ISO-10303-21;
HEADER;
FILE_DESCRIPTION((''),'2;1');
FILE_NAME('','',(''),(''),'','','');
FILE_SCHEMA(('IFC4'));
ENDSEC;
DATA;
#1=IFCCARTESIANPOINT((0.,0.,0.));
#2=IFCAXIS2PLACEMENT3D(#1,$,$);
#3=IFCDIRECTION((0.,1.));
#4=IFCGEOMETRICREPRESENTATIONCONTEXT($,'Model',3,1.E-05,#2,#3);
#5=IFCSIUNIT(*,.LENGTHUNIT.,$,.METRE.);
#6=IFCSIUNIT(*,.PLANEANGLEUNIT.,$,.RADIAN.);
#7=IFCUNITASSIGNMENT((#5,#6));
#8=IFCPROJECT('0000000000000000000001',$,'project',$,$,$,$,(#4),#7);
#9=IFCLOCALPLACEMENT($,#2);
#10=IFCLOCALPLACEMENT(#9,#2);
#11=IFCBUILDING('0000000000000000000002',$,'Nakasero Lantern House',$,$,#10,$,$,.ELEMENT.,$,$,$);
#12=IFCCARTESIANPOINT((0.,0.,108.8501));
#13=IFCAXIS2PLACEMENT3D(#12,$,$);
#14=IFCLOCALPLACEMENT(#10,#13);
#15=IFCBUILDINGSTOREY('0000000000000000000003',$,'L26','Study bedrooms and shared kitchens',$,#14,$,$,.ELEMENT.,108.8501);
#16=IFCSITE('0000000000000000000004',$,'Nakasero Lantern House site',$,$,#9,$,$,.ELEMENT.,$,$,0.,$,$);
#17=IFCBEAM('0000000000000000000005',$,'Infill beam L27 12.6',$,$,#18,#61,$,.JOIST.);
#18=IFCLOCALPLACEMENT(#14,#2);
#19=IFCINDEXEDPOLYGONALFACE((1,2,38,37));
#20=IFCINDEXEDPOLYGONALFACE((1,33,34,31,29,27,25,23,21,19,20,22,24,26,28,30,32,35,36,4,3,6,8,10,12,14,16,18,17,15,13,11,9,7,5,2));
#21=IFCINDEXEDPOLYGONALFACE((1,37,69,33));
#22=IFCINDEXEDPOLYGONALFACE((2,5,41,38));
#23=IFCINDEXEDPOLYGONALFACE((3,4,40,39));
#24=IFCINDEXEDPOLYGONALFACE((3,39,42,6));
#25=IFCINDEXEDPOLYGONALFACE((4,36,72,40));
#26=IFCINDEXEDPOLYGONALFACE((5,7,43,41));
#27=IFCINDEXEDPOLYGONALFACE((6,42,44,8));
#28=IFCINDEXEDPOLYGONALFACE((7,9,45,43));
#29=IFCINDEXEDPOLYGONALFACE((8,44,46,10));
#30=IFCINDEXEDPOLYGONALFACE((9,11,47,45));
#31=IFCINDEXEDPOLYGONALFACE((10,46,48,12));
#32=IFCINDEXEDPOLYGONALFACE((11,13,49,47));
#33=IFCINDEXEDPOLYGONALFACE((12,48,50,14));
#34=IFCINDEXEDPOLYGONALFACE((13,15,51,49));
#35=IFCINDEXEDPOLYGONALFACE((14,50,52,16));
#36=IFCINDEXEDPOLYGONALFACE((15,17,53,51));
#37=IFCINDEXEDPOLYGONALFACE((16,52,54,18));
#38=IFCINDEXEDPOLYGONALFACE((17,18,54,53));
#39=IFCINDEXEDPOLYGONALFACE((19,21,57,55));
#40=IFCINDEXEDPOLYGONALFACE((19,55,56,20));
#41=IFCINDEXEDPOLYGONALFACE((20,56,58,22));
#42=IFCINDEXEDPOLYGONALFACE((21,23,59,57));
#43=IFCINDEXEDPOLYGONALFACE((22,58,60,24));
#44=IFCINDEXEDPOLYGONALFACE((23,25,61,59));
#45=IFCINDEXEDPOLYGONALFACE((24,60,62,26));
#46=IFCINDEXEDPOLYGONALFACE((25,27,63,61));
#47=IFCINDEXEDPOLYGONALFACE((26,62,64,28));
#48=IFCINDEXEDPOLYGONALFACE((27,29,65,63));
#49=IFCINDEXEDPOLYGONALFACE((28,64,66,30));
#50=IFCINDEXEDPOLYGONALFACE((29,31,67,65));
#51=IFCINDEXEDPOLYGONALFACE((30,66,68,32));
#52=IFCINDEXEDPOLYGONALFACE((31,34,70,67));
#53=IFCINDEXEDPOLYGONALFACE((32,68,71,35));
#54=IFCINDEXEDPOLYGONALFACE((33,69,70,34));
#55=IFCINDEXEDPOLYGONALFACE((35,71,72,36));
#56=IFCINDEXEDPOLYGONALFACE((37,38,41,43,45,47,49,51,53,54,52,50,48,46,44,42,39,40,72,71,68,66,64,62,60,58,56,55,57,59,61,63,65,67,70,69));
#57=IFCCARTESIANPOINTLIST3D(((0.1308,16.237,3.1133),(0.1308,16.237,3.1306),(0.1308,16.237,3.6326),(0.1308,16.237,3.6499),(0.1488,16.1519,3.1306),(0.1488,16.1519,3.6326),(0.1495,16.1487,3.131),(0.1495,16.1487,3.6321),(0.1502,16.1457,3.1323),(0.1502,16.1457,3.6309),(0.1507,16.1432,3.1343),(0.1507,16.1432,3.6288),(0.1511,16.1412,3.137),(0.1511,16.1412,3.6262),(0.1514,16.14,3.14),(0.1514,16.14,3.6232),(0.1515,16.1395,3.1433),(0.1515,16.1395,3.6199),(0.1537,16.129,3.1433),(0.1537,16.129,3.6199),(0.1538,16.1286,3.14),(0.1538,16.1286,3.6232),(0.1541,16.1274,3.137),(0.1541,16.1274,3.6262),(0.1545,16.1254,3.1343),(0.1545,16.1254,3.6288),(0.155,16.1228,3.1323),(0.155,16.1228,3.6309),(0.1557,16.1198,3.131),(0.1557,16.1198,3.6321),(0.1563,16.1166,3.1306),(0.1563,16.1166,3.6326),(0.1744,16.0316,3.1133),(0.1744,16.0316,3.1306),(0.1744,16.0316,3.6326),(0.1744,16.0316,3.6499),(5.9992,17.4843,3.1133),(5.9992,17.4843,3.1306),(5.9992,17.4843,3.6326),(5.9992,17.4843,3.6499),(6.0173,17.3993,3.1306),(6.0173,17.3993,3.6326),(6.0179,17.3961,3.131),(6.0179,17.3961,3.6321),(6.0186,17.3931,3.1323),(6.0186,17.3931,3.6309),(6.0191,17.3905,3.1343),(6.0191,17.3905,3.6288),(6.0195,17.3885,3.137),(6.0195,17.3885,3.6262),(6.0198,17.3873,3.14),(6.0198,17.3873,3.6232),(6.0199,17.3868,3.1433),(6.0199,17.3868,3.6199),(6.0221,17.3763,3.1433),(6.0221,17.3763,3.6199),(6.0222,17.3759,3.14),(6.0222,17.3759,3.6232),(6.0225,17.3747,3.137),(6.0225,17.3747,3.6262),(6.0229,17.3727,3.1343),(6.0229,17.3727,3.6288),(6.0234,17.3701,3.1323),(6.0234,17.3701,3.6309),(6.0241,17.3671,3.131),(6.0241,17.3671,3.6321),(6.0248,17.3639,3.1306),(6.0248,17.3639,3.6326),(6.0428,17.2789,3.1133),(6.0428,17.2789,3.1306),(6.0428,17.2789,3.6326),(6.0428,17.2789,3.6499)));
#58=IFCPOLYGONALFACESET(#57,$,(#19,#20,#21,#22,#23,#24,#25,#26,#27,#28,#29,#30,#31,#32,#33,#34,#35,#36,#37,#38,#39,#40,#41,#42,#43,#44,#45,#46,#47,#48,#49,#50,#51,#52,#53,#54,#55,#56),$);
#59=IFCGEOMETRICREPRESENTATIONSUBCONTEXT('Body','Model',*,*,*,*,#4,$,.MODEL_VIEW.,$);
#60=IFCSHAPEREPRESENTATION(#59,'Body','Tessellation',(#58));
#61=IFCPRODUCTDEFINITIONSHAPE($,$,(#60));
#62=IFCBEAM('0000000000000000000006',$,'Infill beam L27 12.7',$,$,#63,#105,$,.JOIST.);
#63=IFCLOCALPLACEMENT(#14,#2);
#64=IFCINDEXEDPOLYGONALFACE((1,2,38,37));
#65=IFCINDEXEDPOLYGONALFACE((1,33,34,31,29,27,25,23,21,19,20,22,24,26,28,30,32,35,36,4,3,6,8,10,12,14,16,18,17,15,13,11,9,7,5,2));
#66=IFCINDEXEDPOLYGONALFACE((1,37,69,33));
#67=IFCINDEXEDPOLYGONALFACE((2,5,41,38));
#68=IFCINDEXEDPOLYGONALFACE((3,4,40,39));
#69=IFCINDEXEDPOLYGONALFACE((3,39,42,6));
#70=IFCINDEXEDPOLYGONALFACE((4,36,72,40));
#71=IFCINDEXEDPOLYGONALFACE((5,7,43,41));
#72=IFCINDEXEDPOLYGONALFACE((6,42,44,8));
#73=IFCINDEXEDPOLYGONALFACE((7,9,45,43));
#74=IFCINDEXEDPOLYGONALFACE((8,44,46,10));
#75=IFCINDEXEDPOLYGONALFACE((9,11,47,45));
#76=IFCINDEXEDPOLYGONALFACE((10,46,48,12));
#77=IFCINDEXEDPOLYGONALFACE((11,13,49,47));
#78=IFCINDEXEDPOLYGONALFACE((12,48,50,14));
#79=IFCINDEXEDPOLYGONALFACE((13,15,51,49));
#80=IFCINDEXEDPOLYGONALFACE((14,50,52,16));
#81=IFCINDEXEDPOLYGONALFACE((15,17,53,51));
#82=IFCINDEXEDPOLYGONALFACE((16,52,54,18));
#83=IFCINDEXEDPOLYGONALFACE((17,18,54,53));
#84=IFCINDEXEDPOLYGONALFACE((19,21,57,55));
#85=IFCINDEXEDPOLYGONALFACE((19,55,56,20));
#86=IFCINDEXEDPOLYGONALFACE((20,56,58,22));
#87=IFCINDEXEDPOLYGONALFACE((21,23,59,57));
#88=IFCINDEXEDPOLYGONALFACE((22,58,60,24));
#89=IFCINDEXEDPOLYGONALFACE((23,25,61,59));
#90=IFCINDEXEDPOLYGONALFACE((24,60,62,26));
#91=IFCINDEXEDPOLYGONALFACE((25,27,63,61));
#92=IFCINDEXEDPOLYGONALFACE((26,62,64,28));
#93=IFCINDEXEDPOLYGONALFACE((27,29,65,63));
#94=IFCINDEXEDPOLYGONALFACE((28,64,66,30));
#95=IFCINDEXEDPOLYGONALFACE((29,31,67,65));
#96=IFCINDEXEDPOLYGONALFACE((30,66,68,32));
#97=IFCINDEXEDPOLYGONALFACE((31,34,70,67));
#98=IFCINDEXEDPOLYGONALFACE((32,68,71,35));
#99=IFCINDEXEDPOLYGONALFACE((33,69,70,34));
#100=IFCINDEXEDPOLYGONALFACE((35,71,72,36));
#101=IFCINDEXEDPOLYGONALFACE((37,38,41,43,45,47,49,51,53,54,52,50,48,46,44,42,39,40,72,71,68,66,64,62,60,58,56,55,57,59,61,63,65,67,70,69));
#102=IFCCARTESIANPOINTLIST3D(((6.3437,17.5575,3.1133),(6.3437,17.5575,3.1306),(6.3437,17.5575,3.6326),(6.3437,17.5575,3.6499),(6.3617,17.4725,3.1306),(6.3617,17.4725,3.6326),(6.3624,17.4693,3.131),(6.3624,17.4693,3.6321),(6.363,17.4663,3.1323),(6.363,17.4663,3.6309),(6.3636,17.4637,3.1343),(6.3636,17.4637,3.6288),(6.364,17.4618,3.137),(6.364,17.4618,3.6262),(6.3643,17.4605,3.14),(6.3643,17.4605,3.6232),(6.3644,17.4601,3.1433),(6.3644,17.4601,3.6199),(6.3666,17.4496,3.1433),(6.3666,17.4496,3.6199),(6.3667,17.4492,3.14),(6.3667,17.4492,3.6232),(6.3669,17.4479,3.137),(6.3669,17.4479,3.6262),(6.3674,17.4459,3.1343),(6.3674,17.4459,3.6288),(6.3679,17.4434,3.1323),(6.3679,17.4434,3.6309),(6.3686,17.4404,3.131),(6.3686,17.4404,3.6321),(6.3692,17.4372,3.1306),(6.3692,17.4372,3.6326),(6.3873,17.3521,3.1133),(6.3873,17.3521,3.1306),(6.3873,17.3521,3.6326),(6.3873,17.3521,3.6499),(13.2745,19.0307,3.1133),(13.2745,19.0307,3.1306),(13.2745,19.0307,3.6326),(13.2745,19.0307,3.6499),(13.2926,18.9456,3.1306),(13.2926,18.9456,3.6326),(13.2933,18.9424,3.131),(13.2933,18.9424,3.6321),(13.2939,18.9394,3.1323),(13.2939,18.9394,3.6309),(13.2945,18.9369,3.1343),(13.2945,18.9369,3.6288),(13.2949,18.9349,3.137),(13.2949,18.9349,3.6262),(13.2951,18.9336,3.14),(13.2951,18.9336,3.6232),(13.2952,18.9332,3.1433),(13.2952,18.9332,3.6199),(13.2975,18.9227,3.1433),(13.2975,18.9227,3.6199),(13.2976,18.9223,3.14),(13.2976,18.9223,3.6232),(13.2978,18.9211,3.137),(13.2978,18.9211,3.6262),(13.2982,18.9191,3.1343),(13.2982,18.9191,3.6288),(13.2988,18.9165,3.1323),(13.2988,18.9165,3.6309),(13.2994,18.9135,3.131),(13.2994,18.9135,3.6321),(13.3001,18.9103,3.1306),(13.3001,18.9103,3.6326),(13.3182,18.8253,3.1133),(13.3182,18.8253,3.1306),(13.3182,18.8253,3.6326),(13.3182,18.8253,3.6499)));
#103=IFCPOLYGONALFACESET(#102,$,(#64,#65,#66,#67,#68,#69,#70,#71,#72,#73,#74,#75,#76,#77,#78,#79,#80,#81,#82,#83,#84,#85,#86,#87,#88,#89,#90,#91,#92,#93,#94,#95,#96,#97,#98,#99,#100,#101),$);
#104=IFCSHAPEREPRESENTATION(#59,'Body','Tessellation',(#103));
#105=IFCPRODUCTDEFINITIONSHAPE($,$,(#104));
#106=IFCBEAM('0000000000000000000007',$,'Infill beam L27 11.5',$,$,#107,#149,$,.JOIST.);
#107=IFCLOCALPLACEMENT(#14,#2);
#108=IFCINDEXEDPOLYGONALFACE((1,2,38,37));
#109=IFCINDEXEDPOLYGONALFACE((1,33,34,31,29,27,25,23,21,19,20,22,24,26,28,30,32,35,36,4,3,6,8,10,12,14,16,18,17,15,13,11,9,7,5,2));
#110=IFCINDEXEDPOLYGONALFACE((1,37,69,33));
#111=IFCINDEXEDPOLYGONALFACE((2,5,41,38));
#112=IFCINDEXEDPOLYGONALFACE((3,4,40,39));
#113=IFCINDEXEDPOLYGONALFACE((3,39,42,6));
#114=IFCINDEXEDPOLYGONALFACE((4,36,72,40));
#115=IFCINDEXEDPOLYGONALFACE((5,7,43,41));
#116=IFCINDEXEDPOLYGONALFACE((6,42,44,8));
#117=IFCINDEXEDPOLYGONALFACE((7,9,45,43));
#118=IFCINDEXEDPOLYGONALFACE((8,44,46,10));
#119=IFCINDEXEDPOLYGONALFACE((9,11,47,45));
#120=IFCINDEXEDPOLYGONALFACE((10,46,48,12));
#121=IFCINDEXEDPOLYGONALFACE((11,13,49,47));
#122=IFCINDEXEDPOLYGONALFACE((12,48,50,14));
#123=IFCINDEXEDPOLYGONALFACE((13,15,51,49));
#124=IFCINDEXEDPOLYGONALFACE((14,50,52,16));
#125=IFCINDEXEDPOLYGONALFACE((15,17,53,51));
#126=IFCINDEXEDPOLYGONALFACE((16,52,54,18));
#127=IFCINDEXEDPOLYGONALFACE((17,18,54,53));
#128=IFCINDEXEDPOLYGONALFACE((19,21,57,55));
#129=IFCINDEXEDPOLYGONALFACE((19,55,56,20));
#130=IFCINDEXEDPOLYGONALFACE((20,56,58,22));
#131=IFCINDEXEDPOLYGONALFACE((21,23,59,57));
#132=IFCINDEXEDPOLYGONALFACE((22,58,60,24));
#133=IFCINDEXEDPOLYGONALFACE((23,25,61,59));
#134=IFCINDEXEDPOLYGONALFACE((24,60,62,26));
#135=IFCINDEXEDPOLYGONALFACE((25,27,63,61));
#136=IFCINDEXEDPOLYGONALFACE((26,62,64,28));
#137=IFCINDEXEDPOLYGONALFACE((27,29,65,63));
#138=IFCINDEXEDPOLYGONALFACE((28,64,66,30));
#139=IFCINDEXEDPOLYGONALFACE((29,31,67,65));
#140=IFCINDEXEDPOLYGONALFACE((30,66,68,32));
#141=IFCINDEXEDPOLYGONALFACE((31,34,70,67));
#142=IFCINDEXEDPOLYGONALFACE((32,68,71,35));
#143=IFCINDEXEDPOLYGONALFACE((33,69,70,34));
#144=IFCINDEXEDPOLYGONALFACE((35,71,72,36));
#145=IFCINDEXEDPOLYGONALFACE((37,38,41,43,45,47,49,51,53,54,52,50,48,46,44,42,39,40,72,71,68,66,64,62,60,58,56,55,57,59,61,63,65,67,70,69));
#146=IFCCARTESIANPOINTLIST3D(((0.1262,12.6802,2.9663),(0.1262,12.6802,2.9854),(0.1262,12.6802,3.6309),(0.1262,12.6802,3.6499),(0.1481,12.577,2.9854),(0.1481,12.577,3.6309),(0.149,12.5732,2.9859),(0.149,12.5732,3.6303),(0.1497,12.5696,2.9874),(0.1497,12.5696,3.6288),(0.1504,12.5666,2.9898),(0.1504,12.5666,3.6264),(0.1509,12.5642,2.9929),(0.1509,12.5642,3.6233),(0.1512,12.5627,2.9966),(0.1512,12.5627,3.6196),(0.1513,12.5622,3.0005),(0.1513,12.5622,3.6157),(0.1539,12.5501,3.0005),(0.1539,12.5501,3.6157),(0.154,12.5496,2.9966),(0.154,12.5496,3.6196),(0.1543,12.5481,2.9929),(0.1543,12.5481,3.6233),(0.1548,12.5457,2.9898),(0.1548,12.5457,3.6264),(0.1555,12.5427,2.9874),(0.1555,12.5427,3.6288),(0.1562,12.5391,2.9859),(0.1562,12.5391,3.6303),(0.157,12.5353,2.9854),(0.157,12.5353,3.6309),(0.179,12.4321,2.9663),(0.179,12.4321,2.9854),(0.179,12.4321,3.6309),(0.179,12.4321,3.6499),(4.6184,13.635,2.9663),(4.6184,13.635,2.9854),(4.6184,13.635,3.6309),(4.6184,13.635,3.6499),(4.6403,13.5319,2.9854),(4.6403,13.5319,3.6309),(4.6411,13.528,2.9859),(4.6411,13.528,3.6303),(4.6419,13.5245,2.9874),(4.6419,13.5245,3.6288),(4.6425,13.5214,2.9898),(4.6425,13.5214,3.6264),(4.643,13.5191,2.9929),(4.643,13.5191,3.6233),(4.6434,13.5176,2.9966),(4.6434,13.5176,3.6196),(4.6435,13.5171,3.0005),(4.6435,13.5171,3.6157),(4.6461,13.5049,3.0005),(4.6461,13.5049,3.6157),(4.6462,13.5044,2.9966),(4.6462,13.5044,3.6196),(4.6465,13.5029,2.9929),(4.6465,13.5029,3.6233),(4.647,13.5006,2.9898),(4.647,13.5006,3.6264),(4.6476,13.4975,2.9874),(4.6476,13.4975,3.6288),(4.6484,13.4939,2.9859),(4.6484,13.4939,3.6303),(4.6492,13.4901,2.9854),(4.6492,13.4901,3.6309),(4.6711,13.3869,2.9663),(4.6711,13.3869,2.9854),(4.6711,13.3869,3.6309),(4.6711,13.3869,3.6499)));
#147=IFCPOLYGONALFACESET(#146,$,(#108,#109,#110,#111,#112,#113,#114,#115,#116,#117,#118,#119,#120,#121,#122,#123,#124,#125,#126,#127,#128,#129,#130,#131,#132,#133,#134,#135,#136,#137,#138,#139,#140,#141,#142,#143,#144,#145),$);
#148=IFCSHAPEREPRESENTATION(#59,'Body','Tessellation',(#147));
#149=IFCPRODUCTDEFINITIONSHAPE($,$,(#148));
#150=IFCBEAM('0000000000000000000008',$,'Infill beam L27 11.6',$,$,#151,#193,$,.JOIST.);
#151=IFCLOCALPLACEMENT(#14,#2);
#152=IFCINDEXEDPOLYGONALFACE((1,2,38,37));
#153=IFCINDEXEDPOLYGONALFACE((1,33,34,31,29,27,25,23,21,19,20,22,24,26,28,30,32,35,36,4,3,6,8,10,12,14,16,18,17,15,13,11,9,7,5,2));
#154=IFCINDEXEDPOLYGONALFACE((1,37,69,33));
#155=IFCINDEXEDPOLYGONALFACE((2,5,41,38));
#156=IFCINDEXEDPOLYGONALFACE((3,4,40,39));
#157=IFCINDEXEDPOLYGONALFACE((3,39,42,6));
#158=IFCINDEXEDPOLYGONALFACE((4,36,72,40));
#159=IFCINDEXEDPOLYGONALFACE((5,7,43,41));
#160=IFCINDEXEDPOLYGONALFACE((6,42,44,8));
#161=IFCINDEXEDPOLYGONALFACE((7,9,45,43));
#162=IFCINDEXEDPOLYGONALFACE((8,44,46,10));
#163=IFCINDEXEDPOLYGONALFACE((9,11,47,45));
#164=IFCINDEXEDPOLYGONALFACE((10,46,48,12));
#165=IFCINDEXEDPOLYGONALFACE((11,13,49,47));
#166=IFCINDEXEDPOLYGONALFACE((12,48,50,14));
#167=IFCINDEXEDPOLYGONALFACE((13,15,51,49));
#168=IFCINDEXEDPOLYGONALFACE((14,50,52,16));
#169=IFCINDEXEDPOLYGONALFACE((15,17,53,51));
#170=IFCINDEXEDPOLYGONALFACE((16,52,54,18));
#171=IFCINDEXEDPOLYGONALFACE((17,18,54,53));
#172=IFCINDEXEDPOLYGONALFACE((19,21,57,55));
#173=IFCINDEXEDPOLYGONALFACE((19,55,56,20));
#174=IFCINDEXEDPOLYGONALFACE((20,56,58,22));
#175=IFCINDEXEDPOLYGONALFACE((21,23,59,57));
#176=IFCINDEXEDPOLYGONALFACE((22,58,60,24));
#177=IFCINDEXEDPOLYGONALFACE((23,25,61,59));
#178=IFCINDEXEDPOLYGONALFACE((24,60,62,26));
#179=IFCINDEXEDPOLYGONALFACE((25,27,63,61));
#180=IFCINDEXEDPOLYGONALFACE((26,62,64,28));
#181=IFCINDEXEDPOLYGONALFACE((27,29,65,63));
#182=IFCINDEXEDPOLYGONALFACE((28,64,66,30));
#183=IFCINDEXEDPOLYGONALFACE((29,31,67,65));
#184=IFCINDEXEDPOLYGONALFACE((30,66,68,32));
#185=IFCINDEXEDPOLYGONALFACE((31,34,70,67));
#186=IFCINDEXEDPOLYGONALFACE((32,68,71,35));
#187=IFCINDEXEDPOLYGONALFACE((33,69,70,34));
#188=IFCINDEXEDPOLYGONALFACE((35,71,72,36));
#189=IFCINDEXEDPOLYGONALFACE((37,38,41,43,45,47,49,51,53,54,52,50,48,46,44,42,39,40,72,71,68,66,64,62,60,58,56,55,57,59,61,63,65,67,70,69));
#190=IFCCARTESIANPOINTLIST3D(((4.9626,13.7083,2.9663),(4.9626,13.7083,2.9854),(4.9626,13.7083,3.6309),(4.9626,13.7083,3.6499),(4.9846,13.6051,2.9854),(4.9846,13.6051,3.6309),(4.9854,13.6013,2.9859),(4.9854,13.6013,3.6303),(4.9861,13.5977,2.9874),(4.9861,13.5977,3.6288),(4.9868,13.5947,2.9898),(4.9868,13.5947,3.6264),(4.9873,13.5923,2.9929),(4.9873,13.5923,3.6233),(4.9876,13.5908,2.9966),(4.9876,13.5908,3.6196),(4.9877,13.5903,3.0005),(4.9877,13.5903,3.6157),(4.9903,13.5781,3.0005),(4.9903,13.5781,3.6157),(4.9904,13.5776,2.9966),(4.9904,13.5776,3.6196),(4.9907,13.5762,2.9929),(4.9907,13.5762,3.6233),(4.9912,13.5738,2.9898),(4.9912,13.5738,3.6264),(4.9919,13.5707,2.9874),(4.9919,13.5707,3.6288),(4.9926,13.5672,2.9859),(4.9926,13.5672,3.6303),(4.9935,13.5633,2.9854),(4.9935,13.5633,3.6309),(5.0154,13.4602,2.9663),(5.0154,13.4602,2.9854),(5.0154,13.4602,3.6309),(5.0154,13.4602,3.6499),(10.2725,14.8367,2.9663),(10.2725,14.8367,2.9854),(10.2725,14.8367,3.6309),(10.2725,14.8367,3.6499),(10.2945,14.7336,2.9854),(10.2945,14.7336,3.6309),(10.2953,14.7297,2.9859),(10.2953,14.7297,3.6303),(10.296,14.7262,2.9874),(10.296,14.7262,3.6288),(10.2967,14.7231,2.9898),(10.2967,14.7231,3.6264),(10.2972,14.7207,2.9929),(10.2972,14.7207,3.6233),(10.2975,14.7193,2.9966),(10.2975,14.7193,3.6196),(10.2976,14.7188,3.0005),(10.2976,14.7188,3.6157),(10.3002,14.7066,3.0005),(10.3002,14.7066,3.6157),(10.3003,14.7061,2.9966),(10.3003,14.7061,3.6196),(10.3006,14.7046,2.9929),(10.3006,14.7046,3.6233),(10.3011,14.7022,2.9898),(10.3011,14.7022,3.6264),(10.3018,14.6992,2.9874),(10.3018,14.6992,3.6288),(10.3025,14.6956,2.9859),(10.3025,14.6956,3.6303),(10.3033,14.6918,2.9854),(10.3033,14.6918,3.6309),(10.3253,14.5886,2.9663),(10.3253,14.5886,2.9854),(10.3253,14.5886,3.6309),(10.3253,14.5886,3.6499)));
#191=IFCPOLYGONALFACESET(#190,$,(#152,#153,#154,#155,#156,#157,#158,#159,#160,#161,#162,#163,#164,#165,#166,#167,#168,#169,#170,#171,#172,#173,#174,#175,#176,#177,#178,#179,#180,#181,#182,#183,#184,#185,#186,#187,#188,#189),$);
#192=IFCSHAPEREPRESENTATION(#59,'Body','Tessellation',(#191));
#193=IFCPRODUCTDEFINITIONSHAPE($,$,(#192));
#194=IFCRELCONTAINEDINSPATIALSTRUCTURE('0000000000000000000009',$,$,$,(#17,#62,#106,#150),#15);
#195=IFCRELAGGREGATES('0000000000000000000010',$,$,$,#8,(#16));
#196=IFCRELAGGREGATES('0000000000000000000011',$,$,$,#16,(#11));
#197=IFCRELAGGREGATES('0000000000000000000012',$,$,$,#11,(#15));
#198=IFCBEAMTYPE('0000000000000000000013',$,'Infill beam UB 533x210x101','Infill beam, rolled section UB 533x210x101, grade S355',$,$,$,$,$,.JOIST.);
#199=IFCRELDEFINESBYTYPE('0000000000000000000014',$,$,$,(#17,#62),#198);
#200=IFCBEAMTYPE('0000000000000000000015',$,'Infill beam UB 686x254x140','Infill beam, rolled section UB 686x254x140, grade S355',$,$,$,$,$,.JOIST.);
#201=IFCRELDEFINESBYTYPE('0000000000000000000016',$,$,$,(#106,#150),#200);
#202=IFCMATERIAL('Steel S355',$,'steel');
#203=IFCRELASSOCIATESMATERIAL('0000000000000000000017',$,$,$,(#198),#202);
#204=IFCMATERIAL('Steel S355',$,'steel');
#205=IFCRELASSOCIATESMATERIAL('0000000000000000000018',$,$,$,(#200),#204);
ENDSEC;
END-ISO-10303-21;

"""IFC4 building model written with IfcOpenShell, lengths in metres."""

from ifc_helpers import new_model, si_unit, direction, frame, origin, origin_2d, place, context, subcontext, project, spatial, i_section, extrude, material, material_profile, profile_set, type_object, element, save


model = new_model("IFC4")

# Units and contexts
model_context = context("Model", 3, precision=1e-05, world=origin(), true_north=direction((0.0, 1.0)))
body_context = subcontext(model_context, "Body", "Model", "MODEL_VIEW")
ifc_project = project(units=[si_unit("LENGTHUNIT", "METRE"), si_unit("PLANEANGLEUNIT", "RADIAN")], contexts=[model_context])

# Site, building, storey
site_placement = place(None, origin())
site = spatial("IfcSite", under=ifc_project, at=site_placement, Name="Nakasero Lantern House site", CompositionType="ELEMENT", RefElevation=0.0)
building_placement = place(site_placement, origin())
building = spatial("IfcBuilding", under=site, at=building_placement, Name="Nakasero Lantern House", CompositionType="ELEMENT")
storey_placement = place(building_placement, frame((0.0, 0.0, 108.8501)))
storey = spatial("IfcBuildingStorey", under=building, at=storey_placement, Name="L26", Description="Study bedrooms and shared kitchens", CompositionType="ELEMENT", Elevation=108.8501)

# Beams
ifc_material_1 = material(Name="Steel S355", Category="steel")
ifc_material_profile_1 = material_profile(ifc_material_1, i_section(OverallWidth=0.21, OverallDepth=0.5366, WebThickness=0.0107, FlangeThickness=0.0173, FilletRadius=0.0127, at=origin_2d()), Name="UB 533x210x101")
ifc_profile_set_1 = profile_set([ifc_material_profile_1], Name="Steel S355")
beam_type_1 = type_object("IfcBeamType", Name="Infill beam UB 533x210x101", Description="Infill beam, rolled section UB 533x210x101, grade S355", PredefinedType="JOIST", material=ifc_profile_set_1)
beam_1_placement = place(storey_placement, frame((0.1526, 16.1343, 3.3816), z_axis=(0.978149, 0.207903, 0.0), x_axis=(-0.207903, 0.978149, 0.0)))
element("IfcBeam", 1, at=beam_1_placement, inside=storey, type_object=beam_type_1, Name="Infill beam L27 12.6", PredefinedType="JOIST", context=body_context, shape_type="SweptSolid", body=[
    extrude(i_section(OverallWidth=0.21, OverallDepth=0.5366, WebThickness=0.0107, FlangeThickness=0.0173, FilletRadius=0.0127, at=origin_2d()), origin(), (0.0, 0.0, 1.0), 5.9995),
])
beam_2_placement = place(storey_placement, frame((6.3655, 17.4548, 3.3816), z_axis=(0.978149, 0.207903, 0.0), x_axis=(-0.207903, 0.978149, 0.0)))
element("IfcBeam", 2, at=beam_2_placement, inside=storey, type_object=beam_type_1, Name="Infill beam L27 12.7", PredefinedType="JOIST", context=body_context, shape_type="SweptSolid", body=[
    extrude(i_section(OverallWidth=0.21, OverallDepth=0.5366, WebThickness=0.0107, FlangeThickness=0.0173, FilletRadius=0.0127, at=origin_2d()), origin(), (0.0, 0.0, 1.0), 7.0857),
])
ifc_material_2 = material(Name="Steel S355", Category="steel")
ifc_material_profile_2 = material_profile(ifc_material_2, i_section(OverallWidth=0.2537, OverallDepth=0.6836, WebThickness=0.0125, FlangeThickness=0.019, FilletRadius=0.0151, at=origin_2d()), Name="UB 686x254x140")
ifc_profile_set_2 = profile_set([ifc_material_profile_2], Name="Steel S355")
beam_type_2 = type_object("IfcBeamType", Name="Infill beam UB 686x254x140", Description="Infill beam, rolled section UB 686x254x140, grade S355", PredefinedType="JOIST", material=ifc_profile_set_2)
beam_3_placement = place(storey_placement, frame((0.1526, 12.5562, 3.3081), z_axis=(0.978148, 0.20791, 0.0), x_axis=(-0.20791, 0.978148, 0.0)))
element("IfcBeam", 3, at=beam_3_placement, inside=storey, type_object=beam_type_2, Name="Infill beam L27 11.5", PredefinedType="JOIST", context=body_context, shape_type="SweptSolid", body=[
    extrude(i_section(OverallWidth=0.2537, OverallDepth=0.6836, WebThickness=0.0125, FlangeThickness=0.019, FilletRadius=0.0151, at=origin_2d()), origin(), (0.0, 0.0, 1.0), 4.5925),
])
beam_4_placement = place(storey_placement, frame((4.989, 13.5842, 3.3081), z_axis=(0.978156, 0.207873, 0.0), x_axis=(-0.207873, 0.978156, 0.0)))
element("IfcBeam", 4, at=beam_4_placement, inside=storey, type_object=beam_type_2, Name="Infill beam L27 11.6", PredefinedType="JOIST", context=body_context, shape_type="SweptSolid", body=[
    extrude(i_section(OverallWidth=0.2537, OverallDepth=0.6836, WebThickness=0.0125, FlangeThickness=0.019, FilletRadius=0.0151, at=origin_2d()), origin(), (0.0, 0.0, 1.0), 5.4285),
])

save(model, "model.ifc")
